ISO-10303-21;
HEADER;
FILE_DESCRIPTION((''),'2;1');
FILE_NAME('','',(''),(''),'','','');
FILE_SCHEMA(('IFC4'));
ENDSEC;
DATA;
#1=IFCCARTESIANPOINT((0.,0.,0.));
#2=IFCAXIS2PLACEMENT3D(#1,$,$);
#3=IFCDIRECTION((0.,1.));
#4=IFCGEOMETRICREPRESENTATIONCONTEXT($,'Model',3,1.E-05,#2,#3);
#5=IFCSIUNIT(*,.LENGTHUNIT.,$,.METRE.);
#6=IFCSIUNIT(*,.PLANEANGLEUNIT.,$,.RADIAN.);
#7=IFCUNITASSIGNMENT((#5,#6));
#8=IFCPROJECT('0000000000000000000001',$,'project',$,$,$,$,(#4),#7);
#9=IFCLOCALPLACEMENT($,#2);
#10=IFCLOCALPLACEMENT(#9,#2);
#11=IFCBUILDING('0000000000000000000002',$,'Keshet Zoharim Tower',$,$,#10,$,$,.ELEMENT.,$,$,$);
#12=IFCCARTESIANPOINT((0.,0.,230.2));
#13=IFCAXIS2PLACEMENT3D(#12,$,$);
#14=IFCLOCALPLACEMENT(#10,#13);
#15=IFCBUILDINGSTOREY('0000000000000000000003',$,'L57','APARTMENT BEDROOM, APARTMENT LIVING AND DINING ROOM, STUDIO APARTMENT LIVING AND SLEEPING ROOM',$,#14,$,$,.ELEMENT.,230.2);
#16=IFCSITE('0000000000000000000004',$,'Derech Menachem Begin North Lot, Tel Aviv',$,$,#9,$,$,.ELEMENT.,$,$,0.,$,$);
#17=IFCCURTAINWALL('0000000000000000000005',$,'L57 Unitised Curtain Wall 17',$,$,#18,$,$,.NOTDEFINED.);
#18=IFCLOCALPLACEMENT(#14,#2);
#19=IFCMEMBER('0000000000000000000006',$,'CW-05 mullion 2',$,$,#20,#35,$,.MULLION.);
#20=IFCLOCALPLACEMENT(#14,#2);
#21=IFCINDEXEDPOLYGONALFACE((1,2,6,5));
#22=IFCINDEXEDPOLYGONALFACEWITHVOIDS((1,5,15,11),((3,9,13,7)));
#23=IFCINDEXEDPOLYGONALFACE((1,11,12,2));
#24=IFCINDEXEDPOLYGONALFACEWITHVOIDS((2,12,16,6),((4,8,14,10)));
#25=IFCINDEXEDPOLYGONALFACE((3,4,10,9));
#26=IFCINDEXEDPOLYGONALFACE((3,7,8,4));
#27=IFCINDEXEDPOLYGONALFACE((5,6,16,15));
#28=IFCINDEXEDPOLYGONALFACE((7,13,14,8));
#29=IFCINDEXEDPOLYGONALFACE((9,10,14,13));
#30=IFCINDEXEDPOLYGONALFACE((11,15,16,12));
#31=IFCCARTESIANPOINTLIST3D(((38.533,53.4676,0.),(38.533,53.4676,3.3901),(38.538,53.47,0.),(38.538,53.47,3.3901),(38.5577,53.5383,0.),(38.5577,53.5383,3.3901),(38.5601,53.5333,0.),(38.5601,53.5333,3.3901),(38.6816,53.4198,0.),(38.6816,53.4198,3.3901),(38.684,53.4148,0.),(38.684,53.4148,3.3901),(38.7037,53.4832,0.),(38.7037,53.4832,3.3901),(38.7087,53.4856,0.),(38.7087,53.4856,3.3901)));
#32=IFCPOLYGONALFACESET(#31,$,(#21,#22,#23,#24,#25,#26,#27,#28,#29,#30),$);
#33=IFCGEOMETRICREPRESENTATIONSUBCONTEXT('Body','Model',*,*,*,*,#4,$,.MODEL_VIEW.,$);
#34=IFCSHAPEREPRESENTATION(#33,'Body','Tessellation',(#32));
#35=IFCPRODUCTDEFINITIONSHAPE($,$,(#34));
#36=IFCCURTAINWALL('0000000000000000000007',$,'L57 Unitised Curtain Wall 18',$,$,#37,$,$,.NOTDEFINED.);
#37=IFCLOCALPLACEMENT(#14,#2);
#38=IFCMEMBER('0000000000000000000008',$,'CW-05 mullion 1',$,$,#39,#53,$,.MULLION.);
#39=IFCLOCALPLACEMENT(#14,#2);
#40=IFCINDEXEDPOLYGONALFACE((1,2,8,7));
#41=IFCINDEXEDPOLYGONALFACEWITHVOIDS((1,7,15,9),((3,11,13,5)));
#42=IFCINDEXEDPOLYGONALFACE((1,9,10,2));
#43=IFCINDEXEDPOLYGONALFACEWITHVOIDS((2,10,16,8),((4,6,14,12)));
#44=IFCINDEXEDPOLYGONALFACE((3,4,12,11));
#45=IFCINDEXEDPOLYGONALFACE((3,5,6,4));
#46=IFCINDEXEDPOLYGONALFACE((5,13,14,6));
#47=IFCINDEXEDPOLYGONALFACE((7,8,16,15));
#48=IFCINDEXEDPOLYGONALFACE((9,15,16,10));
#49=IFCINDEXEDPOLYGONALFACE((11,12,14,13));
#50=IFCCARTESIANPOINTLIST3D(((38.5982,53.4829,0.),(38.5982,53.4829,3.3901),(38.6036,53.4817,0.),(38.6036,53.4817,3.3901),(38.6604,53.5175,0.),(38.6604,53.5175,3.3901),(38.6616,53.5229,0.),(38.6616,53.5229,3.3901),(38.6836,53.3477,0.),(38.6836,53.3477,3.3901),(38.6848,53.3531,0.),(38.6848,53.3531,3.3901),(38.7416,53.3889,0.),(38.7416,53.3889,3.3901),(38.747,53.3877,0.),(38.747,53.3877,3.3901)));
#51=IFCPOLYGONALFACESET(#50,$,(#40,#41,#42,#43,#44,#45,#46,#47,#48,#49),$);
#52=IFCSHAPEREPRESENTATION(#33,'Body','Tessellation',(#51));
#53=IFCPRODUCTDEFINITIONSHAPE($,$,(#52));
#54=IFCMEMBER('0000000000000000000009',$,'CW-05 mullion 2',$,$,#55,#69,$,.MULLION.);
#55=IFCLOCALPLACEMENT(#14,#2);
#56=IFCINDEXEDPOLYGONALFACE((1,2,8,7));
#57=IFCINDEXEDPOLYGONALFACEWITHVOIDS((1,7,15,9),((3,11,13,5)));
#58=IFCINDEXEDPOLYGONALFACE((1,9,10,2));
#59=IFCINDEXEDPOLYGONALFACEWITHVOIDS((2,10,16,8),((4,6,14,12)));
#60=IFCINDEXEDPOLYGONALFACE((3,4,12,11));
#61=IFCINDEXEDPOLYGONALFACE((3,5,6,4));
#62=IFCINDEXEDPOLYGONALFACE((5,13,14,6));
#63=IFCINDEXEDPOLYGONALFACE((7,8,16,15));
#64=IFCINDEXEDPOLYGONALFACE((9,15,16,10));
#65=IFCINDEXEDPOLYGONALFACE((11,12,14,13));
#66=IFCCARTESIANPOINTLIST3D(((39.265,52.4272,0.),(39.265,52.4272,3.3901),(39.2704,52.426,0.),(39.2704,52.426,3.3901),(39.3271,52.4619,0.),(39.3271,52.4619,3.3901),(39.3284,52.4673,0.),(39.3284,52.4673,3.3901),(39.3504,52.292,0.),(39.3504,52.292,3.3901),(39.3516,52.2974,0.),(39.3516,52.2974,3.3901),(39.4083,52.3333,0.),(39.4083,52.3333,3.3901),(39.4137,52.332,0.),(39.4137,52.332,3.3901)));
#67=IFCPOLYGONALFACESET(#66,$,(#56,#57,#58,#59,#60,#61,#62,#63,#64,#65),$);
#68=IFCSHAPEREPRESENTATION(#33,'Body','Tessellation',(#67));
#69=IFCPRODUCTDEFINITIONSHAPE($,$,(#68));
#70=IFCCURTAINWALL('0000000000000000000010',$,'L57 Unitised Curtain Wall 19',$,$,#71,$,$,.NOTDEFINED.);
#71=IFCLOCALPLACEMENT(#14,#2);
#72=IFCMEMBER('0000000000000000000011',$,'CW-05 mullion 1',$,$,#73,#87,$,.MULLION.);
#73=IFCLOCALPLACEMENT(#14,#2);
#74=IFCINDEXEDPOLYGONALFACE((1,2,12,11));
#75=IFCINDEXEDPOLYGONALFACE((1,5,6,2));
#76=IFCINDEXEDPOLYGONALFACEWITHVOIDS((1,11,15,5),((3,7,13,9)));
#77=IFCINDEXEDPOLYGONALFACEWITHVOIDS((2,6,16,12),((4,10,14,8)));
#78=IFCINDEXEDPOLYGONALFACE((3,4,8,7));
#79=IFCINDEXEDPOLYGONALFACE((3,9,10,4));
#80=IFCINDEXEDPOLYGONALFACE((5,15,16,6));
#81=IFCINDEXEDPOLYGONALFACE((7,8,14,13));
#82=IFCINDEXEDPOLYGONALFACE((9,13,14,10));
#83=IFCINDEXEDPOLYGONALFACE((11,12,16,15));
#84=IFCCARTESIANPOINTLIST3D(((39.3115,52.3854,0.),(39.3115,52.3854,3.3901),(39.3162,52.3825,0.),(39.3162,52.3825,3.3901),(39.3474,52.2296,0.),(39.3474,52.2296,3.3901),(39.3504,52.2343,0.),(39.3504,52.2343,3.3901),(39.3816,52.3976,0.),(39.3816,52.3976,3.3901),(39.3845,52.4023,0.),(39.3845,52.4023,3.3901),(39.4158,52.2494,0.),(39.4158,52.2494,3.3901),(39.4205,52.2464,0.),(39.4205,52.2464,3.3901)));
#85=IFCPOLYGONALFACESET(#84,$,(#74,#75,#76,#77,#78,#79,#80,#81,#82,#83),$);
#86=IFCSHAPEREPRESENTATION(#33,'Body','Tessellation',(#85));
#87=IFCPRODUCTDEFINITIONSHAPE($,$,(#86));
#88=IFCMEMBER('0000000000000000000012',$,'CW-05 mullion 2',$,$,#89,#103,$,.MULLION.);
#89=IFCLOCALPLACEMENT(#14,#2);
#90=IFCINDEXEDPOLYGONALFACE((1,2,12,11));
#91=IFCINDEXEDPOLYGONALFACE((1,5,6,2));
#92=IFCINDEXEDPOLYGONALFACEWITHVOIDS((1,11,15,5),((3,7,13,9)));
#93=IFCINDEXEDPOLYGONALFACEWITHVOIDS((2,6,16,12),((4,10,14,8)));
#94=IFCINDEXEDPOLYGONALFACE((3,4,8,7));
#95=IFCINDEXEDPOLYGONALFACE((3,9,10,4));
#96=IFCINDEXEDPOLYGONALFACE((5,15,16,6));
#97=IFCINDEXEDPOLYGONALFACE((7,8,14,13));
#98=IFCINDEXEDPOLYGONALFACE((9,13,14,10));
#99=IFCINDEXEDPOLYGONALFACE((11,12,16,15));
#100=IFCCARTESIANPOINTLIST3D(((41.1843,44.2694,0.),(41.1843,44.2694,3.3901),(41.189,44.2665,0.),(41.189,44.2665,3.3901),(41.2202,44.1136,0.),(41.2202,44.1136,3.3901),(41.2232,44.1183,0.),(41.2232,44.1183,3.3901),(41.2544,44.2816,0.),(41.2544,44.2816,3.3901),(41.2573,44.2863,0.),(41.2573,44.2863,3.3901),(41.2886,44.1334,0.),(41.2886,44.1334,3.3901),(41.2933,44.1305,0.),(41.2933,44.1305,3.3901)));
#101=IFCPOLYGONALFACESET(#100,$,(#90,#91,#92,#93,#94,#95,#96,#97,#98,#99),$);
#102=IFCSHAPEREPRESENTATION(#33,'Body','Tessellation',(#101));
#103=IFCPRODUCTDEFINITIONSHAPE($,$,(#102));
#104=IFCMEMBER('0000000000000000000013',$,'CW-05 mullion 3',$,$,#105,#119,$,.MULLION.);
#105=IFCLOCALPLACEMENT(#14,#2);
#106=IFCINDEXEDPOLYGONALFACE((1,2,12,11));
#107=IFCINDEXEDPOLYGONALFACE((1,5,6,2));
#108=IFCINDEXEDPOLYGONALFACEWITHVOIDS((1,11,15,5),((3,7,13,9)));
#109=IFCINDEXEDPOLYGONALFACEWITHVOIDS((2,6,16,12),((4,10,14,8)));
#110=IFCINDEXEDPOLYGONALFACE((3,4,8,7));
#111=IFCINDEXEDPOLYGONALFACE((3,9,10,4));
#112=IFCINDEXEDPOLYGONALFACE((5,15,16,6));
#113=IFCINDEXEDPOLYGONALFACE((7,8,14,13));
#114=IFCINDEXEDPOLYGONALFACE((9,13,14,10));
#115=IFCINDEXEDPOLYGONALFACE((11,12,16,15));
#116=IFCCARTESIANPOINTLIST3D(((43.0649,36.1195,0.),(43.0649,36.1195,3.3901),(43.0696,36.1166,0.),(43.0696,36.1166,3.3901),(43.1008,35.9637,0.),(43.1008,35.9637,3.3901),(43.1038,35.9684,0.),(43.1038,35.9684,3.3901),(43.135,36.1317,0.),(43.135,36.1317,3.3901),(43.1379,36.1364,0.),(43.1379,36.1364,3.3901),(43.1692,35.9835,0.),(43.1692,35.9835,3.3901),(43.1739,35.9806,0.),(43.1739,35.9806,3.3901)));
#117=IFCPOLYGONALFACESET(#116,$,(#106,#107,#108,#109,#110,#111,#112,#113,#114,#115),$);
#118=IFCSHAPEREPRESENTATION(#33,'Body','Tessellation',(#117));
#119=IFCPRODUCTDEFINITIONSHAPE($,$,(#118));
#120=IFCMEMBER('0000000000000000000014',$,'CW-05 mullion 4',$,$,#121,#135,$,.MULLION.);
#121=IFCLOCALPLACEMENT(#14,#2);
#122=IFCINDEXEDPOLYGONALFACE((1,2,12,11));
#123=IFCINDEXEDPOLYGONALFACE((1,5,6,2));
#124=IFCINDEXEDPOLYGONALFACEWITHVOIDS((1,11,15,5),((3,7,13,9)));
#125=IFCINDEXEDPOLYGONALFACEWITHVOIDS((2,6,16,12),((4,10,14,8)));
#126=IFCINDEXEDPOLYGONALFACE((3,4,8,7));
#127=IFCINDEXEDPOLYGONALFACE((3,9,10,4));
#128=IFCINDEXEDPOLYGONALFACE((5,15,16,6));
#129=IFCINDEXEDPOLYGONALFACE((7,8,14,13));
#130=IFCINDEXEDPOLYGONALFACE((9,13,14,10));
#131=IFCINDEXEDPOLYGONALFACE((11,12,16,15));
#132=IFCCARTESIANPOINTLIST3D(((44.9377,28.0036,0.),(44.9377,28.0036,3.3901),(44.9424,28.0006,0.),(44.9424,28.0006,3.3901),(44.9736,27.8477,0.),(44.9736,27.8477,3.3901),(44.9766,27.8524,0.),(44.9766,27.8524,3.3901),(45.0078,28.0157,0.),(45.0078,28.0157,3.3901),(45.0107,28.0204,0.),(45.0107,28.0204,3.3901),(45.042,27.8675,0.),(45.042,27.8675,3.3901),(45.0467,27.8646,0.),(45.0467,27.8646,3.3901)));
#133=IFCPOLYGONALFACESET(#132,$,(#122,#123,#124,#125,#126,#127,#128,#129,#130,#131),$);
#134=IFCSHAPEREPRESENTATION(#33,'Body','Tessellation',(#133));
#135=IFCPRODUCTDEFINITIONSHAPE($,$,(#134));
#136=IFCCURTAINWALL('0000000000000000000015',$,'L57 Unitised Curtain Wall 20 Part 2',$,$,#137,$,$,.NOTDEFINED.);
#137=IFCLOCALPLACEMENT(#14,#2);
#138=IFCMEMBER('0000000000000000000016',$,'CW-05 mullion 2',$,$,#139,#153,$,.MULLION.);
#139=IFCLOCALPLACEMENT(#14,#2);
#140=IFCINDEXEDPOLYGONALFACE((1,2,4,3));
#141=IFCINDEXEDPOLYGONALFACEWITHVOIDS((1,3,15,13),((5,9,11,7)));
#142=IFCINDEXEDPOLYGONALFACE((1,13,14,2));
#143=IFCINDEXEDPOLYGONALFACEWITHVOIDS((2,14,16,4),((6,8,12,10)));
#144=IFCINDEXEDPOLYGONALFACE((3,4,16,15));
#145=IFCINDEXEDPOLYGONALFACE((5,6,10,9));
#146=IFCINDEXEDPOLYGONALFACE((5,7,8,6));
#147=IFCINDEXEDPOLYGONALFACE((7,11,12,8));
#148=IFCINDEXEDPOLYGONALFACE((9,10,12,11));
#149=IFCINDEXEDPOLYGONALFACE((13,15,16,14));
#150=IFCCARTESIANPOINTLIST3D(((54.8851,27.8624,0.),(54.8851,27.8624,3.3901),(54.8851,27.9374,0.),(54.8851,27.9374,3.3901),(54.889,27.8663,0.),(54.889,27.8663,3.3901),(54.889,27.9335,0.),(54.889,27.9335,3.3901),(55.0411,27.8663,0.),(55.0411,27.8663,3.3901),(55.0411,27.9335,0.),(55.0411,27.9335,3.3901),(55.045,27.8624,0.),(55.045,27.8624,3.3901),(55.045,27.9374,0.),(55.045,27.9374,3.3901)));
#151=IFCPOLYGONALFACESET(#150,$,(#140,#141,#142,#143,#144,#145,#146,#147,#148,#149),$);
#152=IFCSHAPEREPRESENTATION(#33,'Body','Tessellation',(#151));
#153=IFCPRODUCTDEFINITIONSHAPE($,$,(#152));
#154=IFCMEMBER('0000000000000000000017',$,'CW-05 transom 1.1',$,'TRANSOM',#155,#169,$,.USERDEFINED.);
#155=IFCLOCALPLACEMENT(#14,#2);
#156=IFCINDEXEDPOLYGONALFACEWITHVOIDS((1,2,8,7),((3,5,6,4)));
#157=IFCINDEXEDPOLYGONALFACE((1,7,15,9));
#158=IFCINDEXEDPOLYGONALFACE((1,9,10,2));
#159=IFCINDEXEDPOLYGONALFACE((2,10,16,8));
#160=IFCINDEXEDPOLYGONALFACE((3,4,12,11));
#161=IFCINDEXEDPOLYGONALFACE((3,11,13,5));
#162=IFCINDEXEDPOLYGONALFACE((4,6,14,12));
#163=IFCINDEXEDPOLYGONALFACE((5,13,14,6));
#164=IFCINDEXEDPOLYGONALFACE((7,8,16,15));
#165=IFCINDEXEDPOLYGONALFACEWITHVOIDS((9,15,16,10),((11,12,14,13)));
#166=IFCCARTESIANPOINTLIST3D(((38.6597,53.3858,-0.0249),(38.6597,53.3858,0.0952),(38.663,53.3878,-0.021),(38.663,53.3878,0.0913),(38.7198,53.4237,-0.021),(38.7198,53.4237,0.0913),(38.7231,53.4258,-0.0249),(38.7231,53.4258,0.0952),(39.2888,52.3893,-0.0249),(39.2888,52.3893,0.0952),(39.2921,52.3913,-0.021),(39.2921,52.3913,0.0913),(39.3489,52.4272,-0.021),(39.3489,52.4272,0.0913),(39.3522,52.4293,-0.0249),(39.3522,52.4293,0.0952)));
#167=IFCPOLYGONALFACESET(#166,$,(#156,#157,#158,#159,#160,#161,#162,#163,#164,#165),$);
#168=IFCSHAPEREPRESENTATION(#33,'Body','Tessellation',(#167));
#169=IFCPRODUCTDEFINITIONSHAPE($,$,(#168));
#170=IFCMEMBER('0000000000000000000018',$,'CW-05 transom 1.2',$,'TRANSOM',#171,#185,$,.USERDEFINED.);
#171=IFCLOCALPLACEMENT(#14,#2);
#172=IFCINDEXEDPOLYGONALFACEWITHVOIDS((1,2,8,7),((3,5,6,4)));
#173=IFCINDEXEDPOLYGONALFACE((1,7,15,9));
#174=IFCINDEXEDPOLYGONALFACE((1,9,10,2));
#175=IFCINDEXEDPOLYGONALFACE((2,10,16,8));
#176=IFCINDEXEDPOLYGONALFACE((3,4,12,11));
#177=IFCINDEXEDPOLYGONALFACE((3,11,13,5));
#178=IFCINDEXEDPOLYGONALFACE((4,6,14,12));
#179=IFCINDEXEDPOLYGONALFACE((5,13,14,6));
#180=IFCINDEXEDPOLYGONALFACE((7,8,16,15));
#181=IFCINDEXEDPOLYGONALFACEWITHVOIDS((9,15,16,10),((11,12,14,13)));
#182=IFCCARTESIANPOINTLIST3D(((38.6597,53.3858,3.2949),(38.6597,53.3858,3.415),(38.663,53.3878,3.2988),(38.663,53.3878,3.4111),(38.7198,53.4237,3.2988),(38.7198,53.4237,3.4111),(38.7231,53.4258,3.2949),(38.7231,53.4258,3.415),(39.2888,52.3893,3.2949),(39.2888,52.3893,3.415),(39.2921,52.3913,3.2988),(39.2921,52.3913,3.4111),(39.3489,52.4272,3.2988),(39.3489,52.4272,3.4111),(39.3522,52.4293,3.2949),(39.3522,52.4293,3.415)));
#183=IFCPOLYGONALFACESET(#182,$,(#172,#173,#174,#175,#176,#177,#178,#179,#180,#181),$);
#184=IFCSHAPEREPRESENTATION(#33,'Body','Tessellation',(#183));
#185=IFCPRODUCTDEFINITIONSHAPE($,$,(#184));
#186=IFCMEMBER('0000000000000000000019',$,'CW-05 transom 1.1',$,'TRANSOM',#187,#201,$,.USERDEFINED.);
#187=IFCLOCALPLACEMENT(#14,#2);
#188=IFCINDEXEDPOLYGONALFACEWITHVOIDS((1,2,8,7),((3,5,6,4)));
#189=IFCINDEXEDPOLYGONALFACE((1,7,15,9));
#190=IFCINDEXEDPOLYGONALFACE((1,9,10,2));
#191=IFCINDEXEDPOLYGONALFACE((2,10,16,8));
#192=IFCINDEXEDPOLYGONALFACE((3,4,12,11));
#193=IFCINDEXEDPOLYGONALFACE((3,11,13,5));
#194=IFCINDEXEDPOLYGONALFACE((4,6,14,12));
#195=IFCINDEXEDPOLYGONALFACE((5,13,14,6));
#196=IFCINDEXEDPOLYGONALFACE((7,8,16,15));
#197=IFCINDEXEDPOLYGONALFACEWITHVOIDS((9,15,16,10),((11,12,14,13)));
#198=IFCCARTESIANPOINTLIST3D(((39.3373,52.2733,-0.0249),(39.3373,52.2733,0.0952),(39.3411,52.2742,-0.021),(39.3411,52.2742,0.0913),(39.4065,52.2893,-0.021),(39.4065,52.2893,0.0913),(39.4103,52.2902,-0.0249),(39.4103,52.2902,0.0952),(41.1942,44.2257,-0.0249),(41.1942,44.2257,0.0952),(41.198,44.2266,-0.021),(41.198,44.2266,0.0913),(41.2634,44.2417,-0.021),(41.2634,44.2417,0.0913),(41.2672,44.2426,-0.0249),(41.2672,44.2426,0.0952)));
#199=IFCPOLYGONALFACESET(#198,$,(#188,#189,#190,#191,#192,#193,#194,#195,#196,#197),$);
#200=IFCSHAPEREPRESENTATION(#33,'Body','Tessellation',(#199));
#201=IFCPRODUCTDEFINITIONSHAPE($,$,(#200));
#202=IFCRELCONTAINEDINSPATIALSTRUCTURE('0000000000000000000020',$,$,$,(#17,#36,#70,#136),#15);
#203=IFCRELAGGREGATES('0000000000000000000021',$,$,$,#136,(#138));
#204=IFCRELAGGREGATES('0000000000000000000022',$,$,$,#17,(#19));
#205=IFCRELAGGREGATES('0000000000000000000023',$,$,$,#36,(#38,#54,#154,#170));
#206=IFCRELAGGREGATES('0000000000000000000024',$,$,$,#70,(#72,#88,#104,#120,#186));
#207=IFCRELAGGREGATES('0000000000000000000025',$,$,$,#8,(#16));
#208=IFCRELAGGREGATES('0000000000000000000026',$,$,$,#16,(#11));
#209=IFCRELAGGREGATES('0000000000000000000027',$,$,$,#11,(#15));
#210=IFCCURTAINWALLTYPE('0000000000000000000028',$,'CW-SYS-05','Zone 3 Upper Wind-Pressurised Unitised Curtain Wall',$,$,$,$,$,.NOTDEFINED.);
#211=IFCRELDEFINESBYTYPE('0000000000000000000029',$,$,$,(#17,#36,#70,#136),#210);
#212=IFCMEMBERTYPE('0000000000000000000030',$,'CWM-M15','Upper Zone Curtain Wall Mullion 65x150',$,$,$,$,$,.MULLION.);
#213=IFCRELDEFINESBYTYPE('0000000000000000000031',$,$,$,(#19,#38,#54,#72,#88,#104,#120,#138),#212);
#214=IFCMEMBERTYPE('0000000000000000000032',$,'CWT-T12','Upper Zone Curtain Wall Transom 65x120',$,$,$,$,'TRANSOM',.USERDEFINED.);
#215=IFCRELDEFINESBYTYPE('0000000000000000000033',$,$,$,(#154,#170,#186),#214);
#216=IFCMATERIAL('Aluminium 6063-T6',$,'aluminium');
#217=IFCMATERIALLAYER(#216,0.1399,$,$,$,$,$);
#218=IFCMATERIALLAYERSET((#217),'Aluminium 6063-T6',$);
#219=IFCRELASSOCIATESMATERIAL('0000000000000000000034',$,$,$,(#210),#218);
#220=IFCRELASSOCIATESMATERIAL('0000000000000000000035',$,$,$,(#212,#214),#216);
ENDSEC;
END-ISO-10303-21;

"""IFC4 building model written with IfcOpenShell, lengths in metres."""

from ifc_helpers import new_model, si_unit, direction, frame, origin, origin_2d, place, context, subcontext, project, spatial, hollow_rectangle, extrude, material, layer, layer_set, material_profile, profile_set, type_object, element, aggregate, save


model = new_model("IFC4")

# Units and contexts
model_context = context("Model", 3, precision=1e-05, world=origin(), true_north=direction((0.0, 1.0)))
body_context = subcontext(model_context, "Body", "Model", "MODEL_VIEW")
ifc_project = project(units=[si_unit("LENGTHUNIT", "METRE"), si_unit("PLANEANGLEUNIT", "RADIAN")], contexts=[model_context])

# Site, building, storey
site_placement = place(None, origin())
site = spatial("IfcSite", under=ifc_project, at=site_placement, Name="Derech Menachem Begin North Lot, Tel Aviv", CompositionType="ELEMENT", RefElevation=0.0)
building_placement = place(site_placement, origin())
building = spatial("IfcBuilding", under=site, at=building_placement, Name="Keshet Zoharim Tower", CompositionType="ELEMENT")
storey_placement = place(building_placement, frame((0.0, 0.0, 230.2)))
storey = spatial("IfcBuildingStorey", under=building, at=storey_placement, Name="L57", Description="APARTMENT BEDROOM, APARTMENT LIVING AND DINING ROOM, STUDIO APARTMENT LIVING AND SLEEPING ROOM", CompositionType="ELEMENT", Elevation=230.2)

# Curtain wall, member
ifc_material_1 = material(Name="Aluminium 6063-T6", Category="aluminium")
ifc_layer_1 = layer(ifc_material_1, 0.1399)
ifc_layer_set_1 = layer_set([ifc_layer_1], Name="Aluminium 6063-T6")
curtain_wall_type = type_object("IfcCurtainWallType", Name="CW-SYS-05", Description="Zone 3 Upper Wind-Pressurised Unitised Curtain Wall", PredefinedType="NOTDEFINED", material=ifc_layer_set_1)
curtain_wall_1_placement = place(storey_placement, origin())
curtain_wall_1 = element("IfcCurtainWall", 1, at=curtain_wall_1_placement, inside=storey, type_object=curtain_wall_type, Name="L57 Unitised Curtain Wall 17", PredefinedType="NOTDEFINED")
ifc_material_profile_1 = material_profile(ifc_material_1, hollow_rectangle(XDim=0.075, YDim=0.1599, WallThickness=0.0039, at=origin_2d()), Name="MUL-75x160")
ifc_profile_set_1 = profile_set([ifc_material_profile_1], Name="Aluminium 6063-T6")
member_type_1 = type_object("IfcMemberType", Name="CWM-M15", Description="Upper Zone Curtain Wall Mullion 65x150", PredefinedType="MULLION", material=ifc_profile_set_1)
member_1_placement = place(storey_placement, frame((38.6208, 53.4766, 0.0), z_axis=(0.0, 0.0, 1.0), x_axis=(0.329844, 0.944036, 0.0)))
member_1 = element("IfcMember", 2, at=member_1_placement, type_object=member_type_1, Name="CW-05 mullion 2", PredefinedType="MULLION", context=body_context, shape_type="SweptSolid", body=[
    extrude(hollow_rectangle(XDim=0.075, YDim=0.1599, WallThickness=0.0039, at=origin_2d()), origin(), (0.0, 0.0, 1.0), 3.3901),
])

# Curtain walls, members
curtain_wall_2_placement = place(storey_placement, origin())
curtain_wall_2 = element("IfcCurtainWall", 3, at=curtain_wall_2_placement, inside=storey, type_object=curtain_wall_type, Name="L57 Unitised Curtain Wall 18", PredefinedType="NOTDEFINED")
member_2_placement = place(storey_placement, frame((38.6726, 53.4353, 0.0), z_axis=(0.0, 0.0, 1.0), x_axis=(0.845561, 0.533879, 0.0)))
member_2 = element("IfcMember", 4, at=member_2_placement, type_object=member_type_1, Name="CW-05 mullion 1", PredefinedType="MULLION", context=body_context, shape_type="SweptSolid", body=[
    extrude(hollow_rectangle(XDim=0.075, YDim=0.1599, WallThickness=0.0039, at=origin_2d()), origin(), (0.0, 0.0, 1.0), 3.3901),
])
member_3_placement = place(storey_placement, frame((39.3394, 52.3796, 0.0), z_axis=(0.0, 0.0, 1.0), x_axis=(0.845561, 0.533879, 0.0)))
member_3 = element("IfcMember", 5, at=member_3_placement, type_object=member_type_1, Name="CW-05 mullion 2", PredefinedType="MULLION", context=body_context, shape_type="SweptSolid", body=[
    extrude(hollow_rectangle(XDim=0.075, YDim=0.1599, WallThickness=0.0039, at=origin_2d()), origin(), (0.0, 0.0, 1.0), 3.3901),
])
curtain_wall_3_placement = place(storey_placement, origin())
curtain_wall_3 = element("IfcCurtainWall", 6, at=curtain_wall_3_placement, inside=storey, type_object=curtain_wall_type, Name="L57 Unitised Curtain Wall 19", PredefinedType="NOTDEFINED")
member_4_placement = place(storey_placement, frame((39.366, 52.3159, 0.0), z_axis=(0.0, 0.0, 1.0), x_axis=(0.974394, 0.224848, 0.0)))
member_4 = element("IfcMember", 7, at=member_4_placement, type_object=member_type_1, Name="CW-05 mullion 1", PredefinedType="MULLION", context=body_context, shape_type="SweptSolid", body=[
    extrude(hollow_rectangle(XDim=0.075, YDim=0.1599, WallThickness=0.0039, at=origin_2d()), origin(), (0.0, 0.0, 1.0), 3.3901),
])
member_5_placement = place(storey_placement, frame((41.2388, 44.2, 0.0), z_axis=(0.0, 0.0, 1.0), x_axis=(0.974394, 0.224848, 0.0)))
member_5 = element("IfcMember", 8, at=member_5_placement, type_object=member_type_1, Name="CW-05 mullion 2", PredefinedType="MULLION", context=body_context, shape_type="SweptSolid", body=[
    extrude(hollow_rectangle(XDim=0.075, YDim=0.1599, WallThickness=0.0039, at=origin_2d()), origin(), (0.0, 0.0, 1.0), 3.3901),
])
member_6_placement = place(storey_placement, frame((43.1194, 36.05, 0.0), z_axis=(0.0, 0.0, 1.0), x_axis=(0.974394, 0.224848, 0.0)))
member_6 = element("IfcMember", 9, at=member_6_placement, type_object=member_type_1, Name="CW-05 mullion 3", PredefinedType="MULLION", context=body_context, shape_type="SweptSolid", body=[
    extrude(hollow_rectangle(XDim=0.075, YDim=0.1599, WallThickness=0.0039, at=origin_2d()), origin(), (0.0, 0.0, 1.0), 3.3901),
])
member_7_placement = place(storey_placement, frame((44.9922, 27.9341, 0.0), z_axis=(0.0, 0.0, 1.0), x_axis=(0.974394, 0.224848, 0.0)))
member_7 = element("IfcMember", 10, at=member_7_placement, type_object=member_type_1, Name="CW-05 mullion 4", PredefinedType="MULLION", context=body_context, shape_type="SweptSolid", body=[
    extrude(hollow_rectangle(XDim=0.075, YDim=0.1599, WallThickness=0.0039, at=origin_2d()), origin(), (0.0, 0.0, 1.0), 3.3901),
])

# Curtain wall, member
curtain_wall_4_placement = place(storey_placement, origin())
curtain_wall_4 = element("IfcCurtainWall", 11, at=curtain_wall_4_placement, inside=storey, type_object=curtain_wall_type, Name="L57 Unitised Curtain Wall 20 Part 2", PredefinedType="NOTDEFINED")
member_8_placement = place(storey_placement, frame((54.9651, 27.8999, 0.0), z_axis=(0.0, 0.0, 1.0), x_axis=(0.0, 1.0, 0.0)))
member_8 = element("IfcMember", 12, at=member_8_placement, type_object=member_type_1, Name="CW-05 mullion 2", PredefinedType="MULLION", context=body_context, shape_type="SweptSolid", body=[
    extrude(hollow_rectangle(XDim=0.075, YDim=0.1599, WallThickness=0.0039, at=origin_2d()), origin(), (0.0, 0.0, 1.0), 3.3901),
])
aggregate(curtain_wall_4, [member_8])

# Members
ifc_material_profile_2 = material_profile(ifc_material_1, hollow_rectangle(XDim=0.075, YDim=0.1201, WallThickness=0.0039, at=origin_2d()), Name="TRN-75x120")
ifc_profile_set_2 = profile_set([ifc_material_profile_2], Name="Aluminium 6063-T6")
member_type_2 = type_object("IfcMemberType", Name="CWT-T12", Description="Upper Zone Curtain Wall Transom 65x120", ElementType="TRANSOM", PredefinedType="USERDEFINED", material=ifc_profile_set_2)
member_9_placement = place(storey_placement, frame((38.6914, 53.4058, 0.0352), z_axis=(0.533829, -0.845592, 0.0), x_axis=(0.845592, 0.533829, 0.0)))
member_9 = element("IfcMember", 13, at=member_9_placement, type_object=member_type_2, Name="CW-05 transom 1.1", ObjectType="TRANSOM", PredefinedType="USERDEFINED", context=body_context, shape_type="SweptSolid", body=[
    extrude(hollow_rectangle(XDim=0.075, YDim=0.1201, WallThickness=0.0039, at=origin_2d()), origin(), (0.0, 0.0, 1.0), 1.1785),
])
member_10_placement = place(storey_placement, frame((38.6914, 53.4058, 3.355), z_axis=(0.533829, -0.845592, 0.0), x_axis=(0.845592, 0.533829, 0.0)))
member_10 = element("IfcMember", 14, at=member_10_placement, type_object=member_type_2, Name="CW-05 transom 1.2", ObjectType="TRANSOM", PredefinedType="USERDEFINED", context=body_context, shape_type="SweptSolid", body=[
    extrude(hollow_rectangle(XDim=0.075, YDim=0.1201, WallThickness=0.0039, at=origin_2d()), origin(), (0.0, 0.0, 1.0), 1.1785),
])
member_11_placement = place(storey_placement, frame((39.3738, 52.2817, 0.0352), z_axis=(0.224836, -0.974397, 0.0), x_axis=(0.974397, 0.224836, 0.0)))
member_11 = element("IfcMember", 15, at=member_11_placement, type_object=member_type_2, Name="CW-05 transom 1.1", ObjectType="TRANSOM", PredefinedType="USERDEFINED", context=body_context, shape_type="SweptSolid", body=[
    extrude(hollow_rectangle(XDim=0.075, YDim=0.1201, WallThickness=0.0039, at=origin_2d()), origin(), (0.0, 0.0, 1.0), 8.259),
])

aggregate(curtain_wall_1, [member_1])
aggregate(curtain_wall_2, [member_2, member_3, member_9, member_10])
aggregate(curtain_wall_3, [member_4, member_5, member_6, member_7, member_11])

save(model, "model.ifc")
